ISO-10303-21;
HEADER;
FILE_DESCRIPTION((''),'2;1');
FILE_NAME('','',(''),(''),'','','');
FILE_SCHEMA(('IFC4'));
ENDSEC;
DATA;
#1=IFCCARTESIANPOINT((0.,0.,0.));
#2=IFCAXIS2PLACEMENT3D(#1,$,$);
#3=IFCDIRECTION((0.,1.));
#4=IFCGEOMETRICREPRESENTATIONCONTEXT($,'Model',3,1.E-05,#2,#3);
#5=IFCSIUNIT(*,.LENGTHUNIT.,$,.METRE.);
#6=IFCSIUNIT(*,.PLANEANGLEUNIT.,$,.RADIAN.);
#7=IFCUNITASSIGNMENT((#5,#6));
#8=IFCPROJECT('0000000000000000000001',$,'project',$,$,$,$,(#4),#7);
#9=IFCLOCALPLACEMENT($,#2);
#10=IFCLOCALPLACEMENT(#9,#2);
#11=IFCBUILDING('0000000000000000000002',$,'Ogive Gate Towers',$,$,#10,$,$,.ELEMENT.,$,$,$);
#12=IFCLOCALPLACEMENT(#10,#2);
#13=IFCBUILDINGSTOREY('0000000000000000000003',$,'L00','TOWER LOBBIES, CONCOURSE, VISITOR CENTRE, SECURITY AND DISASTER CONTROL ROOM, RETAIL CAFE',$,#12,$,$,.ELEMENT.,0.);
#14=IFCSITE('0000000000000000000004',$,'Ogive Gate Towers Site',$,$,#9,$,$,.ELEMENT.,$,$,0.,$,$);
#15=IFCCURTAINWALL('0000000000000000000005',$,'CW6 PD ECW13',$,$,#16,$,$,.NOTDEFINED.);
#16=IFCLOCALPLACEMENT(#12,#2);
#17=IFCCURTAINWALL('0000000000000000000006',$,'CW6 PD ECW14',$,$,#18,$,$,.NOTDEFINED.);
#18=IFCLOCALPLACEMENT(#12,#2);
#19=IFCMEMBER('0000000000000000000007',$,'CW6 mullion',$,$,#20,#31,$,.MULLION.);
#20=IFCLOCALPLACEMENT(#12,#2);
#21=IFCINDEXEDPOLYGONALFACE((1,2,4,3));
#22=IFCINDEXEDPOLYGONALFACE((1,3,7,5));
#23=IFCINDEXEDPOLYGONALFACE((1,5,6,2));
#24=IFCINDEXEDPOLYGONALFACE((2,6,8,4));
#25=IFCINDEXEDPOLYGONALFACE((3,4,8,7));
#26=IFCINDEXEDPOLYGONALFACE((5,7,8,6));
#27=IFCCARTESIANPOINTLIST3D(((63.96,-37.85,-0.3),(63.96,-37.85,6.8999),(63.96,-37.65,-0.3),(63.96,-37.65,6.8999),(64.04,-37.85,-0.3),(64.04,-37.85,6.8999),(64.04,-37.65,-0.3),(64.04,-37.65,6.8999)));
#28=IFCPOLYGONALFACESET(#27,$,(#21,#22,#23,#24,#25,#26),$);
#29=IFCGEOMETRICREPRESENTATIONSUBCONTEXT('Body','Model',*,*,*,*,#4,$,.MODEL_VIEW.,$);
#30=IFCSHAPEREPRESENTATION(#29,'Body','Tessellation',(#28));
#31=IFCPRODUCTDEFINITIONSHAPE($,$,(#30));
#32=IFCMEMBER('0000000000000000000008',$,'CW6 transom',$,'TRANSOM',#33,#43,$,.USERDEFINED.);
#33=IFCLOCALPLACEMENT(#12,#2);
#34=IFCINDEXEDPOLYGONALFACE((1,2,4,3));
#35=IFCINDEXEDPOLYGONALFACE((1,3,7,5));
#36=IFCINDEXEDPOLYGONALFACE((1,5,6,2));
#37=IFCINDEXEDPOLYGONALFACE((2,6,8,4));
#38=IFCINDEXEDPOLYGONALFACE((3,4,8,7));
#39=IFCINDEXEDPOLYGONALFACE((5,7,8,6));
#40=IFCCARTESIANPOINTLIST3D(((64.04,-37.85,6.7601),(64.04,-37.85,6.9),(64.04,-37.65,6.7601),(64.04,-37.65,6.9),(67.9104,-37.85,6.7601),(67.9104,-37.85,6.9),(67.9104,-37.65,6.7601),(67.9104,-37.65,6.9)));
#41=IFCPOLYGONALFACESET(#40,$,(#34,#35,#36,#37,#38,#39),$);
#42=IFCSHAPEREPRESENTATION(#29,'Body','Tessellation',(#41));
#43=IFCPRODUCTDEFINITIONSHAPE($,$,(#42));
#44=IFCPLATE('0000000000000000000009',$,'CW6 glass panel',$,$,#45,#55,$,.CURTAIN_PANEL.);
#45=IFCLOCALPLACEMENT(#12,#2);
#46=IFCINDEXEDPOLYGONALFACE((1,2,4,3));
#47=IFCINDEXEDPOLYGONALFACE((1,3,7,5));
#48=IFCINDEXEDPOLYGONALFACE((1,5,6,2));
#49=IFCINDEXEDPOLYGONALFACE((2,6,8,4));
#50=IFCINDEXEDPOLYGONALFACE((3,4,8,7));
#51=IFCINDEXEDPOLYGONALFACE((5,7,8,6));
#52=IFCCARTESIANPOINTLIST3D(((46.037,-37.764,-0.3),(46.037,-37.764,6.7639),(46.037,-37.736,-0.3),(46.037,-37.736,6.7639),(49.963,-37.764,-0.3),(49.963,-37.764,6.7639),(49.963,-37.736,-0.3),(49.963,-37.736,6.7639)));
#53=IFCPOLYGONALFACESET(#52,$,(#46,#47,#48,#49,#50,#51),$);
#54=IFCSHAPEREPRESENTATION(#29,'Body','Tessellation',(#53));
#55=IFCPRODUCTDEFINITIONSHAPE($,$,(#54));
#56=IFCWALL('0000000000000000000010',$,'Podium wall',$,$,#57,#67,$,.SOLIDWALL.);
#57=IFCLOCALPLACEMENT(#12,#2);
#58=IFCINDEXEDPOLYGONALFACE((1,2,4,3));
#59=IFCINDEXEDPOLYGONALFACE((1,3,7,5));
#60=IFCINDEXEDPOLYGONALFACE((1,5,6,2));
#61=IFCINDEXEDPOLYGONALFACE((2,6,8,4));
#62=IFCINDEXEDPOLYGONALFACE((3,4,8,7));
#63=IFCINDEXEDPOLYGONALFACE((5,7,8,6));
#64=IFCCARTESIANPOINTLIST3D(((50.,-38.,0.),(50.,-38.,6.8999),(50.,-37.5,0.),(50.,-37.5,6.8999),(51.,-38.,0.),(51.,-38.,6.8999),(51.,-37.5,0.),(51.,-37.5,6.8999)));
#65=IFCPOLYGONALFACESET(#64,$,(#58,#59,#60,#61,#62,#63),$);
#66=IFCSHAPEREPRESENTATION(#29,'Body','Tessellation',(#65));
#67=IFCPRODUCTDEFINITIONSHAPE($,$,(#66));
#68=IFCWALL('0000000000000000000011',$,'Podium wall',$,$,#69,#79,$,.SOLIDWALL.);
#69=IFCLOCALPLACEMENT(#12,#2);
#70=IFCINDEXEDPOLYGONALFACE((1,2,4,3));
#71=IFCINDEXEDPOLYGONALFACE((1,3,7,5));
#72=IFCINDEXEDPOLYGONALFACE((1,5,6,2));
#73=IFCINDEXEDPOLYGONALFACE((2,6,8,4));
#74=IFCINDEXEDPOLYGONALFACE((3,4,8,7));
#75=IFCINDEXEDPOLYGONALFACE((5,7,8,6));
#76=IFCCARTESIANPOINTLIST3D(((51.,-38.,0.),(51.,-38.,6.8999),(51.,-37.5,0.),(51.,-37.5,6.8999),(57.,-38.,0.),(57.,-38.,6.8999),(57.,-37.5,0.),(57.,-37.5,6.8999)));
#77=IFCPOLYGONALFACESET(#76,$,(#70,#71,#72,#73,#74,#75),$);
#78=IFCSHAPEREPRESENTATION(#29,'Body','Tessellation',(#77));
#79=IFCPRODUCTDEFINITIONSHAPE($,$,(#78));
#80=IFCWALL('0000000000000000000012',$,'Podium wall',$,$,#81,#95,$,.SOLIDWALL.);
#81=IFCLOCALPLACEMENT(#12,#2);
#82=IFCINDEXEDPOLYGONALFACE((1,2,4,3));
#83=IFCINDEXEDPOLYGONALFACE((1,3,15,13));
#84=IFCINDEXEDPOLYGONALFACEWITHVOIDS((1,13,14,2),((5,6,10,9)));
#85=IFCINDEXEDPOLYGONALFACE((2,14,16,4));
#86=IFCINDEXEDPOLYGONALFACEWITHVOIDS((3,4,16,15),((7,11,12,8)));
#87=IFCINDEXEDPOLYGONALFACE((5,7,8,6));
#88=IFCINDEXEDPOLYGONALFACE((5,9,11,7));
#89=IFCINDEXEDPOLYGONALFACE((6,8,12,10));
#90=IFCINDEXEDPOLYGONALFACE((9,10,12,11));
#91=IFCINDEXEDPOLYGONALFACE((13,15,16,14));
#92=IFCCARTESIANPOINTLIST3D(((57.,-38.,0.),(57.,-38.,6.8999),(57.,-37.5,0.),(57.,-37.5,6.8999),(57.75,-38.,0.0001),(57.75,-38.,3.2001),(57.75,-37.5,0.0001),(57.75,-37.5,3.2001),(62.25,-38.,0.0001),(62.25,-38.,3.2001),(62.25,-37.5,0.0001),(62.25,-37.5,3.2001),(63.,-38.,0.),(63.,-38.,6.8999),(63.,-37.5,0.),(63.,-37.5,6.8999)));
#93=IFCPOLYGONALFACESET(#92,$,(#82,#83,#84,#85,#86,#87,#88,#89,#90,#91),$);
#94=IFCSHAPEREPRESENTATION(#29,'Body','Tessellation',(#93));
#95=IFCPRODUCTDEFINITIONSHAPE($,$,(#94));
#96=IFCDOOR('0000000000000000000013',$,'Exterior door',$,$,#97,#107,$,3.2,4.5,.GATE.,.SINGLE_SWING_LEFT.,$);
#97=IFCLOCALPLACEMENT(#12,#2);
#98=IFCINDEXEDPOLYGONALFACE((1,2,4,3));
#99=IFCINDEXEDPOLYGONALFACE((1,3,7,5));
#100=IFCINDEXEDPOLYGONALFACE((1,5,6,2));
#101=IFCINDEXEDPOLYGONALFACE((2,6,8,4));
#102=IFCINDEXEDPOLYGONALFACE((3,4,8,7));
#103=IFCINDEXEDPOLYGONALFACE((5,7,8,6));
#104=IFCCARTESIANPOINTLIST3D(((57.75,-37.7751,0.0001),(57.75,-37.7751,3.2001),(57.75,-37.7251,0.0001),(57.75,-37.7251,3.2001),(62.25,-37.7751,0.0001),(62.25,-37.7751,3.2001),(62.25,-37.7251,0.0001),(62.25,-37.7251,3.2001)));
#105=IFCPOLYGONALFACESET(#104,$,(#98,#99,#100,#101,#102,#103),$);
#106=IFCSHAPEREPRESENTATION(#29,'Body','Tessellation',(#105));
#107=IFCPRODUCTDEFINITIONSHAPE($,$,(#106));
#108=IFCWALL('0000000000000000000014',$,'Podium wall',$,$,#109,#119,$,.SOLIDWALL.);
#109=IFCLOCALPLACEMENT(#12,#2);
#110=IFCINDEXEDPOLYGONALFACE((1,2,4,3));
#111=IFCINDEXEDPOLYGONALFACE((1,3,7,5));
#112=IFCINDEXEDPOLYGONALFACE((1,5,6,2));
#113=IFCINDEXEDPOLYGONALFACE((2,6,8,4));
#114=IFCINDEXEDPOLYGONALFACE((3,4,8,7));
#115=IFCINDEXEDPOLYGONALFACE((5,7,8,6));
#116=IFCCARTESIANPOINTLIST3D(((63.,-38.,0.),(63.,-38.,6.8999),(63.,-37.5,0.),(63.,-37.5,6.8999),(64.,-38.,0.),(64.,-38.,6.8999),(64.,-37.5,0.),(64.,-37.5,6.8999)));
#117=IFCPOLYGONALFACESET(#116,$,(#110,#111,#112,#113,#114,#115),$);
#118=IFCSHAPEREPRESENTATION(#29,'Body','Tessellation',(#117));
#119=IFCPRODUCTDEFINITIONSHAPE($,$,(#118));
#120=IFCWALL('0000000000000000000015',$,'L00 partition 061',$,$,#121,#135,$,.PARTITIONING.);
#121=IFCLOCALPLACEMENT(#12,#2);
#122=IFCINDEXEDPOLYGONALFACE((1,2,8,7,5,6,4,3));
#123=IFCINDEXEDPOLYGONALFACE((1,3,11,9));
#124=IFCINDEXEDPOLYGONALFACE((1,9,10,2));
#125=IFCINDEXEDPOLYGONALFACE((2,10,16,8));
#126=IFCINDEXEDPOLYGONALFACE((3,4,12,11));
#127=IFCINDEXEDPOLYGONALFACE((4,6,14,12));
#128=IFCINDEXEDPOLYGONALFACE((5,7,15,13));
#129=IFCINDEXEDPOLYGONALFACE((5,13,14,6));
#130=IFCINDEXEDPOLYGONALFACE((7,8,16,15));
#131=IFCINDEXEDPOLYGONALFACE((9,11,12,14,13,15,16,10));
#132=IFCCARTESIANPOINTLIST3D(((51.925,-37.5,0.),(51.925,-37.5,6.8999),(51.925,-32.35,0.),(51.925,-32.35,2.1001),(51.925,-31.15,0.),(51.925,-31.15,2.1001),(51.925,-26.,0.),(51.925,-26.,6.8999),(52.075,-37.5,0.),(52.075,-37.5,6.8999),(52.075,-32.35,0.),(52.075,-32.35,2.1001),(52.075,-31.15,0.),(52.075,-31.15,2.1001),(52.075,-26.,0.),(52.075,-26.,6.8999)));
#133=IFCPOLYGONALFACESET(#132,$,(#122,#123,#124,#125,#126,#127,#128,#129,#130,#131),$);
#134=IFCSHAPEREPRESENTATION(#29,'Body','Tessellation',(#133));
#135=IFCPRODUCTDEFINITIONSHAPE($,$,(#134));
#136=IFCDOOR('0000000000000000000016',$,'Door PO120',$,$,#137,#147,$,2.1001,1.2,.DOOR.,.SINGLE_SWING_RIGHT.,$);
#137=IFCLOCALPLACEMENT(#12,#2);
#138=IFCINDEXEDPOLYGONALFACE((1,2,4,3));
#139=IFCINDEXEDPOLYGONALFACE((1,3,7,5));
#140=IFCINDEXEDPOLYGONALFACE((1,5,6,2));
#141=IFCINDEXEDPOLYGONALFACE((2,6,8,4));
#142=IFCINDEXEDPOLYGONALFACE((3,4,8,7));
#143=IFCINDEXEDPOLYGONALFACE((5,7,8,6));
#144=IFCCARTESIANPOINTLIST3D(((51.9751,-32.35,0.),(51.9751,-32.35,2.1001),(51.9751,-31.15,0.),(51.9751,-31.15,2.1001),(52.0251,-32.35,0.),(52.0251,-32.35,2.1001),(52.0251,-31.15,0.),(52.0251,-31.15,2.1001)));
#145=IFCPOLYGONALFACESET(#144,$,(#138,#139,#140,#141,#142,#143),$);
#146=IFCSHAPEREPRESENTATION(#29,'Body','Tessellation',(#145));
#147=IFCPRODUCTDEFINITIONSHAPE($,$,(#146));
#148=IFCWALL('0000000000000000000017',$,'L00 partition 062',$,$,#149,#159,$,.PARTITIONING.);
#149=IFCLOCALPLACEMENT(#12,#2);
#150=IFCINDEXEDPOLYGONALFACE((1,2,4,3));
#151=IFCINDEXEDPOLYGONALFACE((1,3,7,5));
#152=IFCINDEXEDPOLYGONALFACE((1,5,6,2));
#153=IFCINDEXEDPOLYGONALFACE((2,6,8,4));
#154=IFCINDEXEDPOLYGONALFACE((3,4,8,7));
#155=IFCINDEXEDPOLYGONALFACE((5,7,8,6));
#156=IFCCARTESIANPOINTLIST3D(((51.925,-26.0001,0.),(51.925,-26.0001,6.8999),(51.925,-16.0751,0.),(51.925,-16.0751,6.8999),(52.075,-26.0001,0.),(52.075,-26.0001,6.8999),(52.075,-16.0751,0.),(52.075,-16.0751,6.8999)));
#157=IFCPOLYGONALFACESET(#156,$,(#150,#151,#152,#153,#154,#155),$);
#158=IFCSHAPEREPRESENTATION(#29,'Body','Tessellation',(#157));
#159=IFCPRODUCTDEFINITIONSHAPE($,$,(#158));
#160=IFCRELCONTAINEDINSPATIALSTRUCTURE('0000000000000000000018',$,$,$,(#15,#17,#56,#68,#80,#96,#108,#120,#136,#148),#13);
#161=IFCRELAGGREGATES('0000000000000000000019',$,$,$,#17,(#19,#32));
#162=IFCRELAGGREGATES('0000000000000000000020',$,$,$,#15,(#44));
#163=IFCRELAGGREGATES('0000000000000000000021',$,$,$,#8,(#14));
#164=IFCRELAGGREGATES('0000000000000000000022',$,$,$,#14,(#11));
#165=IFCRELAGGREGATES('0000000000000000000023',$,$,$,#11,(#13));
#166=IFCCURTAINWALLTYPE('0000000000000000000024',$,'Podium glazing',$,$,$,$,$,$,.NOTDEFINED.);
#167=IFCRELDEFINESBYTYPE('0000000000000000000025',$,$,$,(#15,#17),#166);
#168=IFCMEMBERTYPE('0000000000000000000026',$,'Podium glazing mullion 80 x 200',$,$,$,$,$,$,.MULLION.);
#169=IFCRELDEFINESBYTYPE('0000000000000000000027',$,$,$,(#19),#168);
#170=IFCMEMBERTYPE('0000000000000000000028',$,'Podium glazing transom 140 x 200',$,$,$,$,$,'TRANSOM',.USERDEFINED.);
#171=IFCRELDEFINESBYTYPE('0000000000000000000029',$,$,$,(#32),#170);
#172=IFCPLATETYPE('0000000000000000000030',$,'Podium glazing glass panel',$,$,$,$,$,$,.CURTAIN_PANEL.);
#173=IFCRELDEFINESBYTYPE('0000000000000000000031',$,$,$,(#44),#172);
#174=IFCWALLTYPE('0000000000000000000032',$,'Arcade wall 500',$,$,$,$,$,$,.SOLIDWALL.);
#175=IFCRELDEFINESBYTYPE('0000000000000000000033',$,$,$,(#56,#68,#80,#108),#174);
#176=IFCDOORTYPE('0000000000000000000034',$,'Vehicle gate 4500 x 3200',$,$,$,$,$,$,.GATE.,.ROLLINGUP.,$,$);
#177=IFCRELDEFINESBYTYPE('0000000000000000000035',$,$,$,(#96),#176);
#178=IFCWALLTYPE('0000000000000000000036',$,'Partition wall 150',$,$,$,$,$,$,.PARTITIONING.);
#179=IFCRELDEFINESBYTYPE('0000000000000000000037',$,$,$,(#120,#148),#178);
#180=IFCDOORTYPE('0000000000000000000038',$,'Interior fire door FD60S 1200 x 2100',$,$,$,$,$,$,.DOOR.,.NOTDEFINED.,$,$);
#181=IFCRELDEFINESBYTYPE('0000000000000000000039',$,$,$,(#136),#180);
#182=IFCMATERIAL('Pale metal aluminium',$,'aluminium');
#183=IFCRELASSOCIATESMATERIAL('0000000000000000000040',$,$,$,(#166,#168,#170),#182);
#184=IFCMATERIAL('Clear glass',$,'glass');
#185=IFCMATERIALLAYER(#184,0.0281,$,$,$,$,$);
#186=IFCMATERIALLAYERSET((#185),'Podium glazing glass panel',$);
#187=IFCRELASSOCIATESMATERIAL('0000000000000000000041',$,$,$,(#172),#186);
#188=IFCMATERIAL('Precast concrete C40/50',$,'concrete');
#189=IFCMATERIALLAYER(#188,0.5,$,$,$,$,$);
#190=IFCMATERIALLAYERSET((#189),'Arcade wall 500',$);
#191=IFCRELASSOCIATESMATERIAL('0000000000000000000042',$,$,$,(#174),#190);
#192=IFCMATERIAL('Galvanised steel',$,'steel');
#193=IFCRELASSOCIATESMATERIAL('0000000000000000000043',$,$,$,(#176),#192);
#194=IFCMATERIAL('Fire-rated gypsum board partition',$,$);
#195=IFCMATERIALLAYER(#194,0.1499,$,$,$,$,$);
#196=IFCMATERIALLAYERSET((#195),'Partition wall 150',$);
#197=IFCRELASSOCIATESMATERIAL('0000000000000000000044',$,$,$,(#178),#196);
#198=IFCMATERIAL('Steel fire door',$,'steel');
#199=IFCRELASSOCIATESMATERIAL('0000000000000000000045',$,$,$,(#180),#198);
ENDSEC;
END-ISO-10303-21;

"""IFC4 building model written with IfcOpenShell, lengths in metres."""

from ifc_helpers import new_model, si_unit, direction, frame, frame_2d, origin, origin_2d, place, context, subcontext, project, spatial, rectangle, extrude, material, layer, layer_set, material_profile, profile_set, type_object, element, fill, aggregate, save


model = new_model("IFC4")

# Units and contexts
model_context = context("Model", 3, precision=1e-05, world=origin(), true_north=direction((0.0, 1.0)))
body_context = subcontext(model_context, "Body", "Model", "MODEL_VIEW")
ifc_project = project(units=[si_unit("LENGTHUNIT", "METRE"), si_unit("PLANEANGLEUNIT", "RADIAN")], contexts=[model_context])

# Site, building, storey
site_placement = place(None, origin())
site = spatial("IfcSite", under=ifc_project, at=site_placement, Name="Ogive Gate Towers Site", CompositionType="ELEMENT", RefElevation=0.0)
building_placement = place(site_placement, origin())
building = spatial("IfcBuilding", under=site, at=building_placement, Name="Ogive Gate Towers", CompositionType="ELEMENT")
storey_placement = place(building_placement, origin())
storey = spatial("IfcBuildingStorey", under=building, at=storey_placement, Name="L00", Description="TOWER LOBBIES, CONCOURSE, VISITOR CENTRE, SECURITY AND DISASTER CONTROL ROOM, RETAIL CAFE", CompositionType="ELEMENT", Elevation=0.0)

# Shared definitions
ifc_material_1 = material(Name="Precast concrete C40/50", Category="concrete")

# Curtain wall
ifc_material_2 = material(Name="Pale metal aluminium", Category="aluminium")
curtain_wall_type = type_object("IfcCurtainWallType", Name="Podium glazing", PredefinedType="NOTDEFINED", material=ifc_material_2)
curtain_wall_1_placement = place(storey_placement, origin())
curtain_wall_1 = element("IfcCurtainWall", 1, at=curtain_wall_1_placement, inside=storey, type_object=curtain_wall_type, Name="CW6 PD ECW13", PredefinedType="NOTDEFINED")
ifc_material_profile_1 = material_profile(ifc_material_2, rectangle(XDim=0.2, YDim=0.0801, at=origin_2d()), Name="80 x 200 aluminium box")
ifc_profile_set_1 = profile_set([ifc_material_profile_1], Name="Pale metal aluminium")
member_type_1 = type_object("IfcMemberType", Name="Podium glazing mullion 80 x 200", PredefinedType="MULLION", material=ifc_profile_set_1)

# Curtain wall, members
curtain_wall_2_placement = place(storey_placement, origin())
curtain_wall_2 = element("IfcCurtainWall", 2, at=curtain_wall_2_placement, inside=storey, type_object=curtain_wall_type, Name="CW6 PD ECW14", PredefinedType="NOTDEFINED")
member_1_placement = place(storey_placement, frame((64.0, -37.75, -0.3), z_axis=(0.0, 0.0, 1.0), x_axis=(0.0, -1.0, 0.0)))
member_1 = element("IfcMember", 3, at=member_1_placement, type_object=member_type_1, Name="CW6 mullion", PredefinedType="MULLION", context=body_context, shape_type="SweptSolid", body=[
    extrude(rectangle(XDim=0.2, YDim=0.0801, at=origin_2d()), origin(), (0.0, 0.0, 1.0), 7.2),
])
ifc_material_profile_2 = material_profile(ifc_material_2, rectangle(XDim=0.2, YDim=0.1399, at=origin_2d()), Name="140 x 200 aluminium box")
ifc_profile_set_2 = profile_set([ifc_material_profile_2], Name="Pale metal aluminium")
member_type_2 = type_object("IfcMemberType", Name="Podium glazing transom 140 x 200", ElementType="TRANSOM", PredefinedType="USERDEFINED", material=ifc_profile_set_2)
member_2_placement = place(storey_placement, frame((64.04, -37.75, 6.8301), z_axis=(1.0, 0.0, 0.0), x_axis=(0.0, 1.0, 0.0)))
member_2 = element("IfcMember", 4, at=member_2_placement, type_object=member_type_2, Name="CW6 transom", ObjectType="TRANSOM", PredefinedType="USERDEFINED", context=body_context, shape_type="SweptSolid", body=[
    extrude(rectangle(XDim=0.2, YDim=0.1399, at=origin_2d()), origin(), (0.0, 0.0, 1.0), 3.8704),
])
aggregate(curtain_wall_2, [member_1, member_2])

# Plate
ifc_material_3 = material(Name="Clear glass", Category="glass")
ifc_layer_1 = layer(ifc_material_3, 0.0281)
ifc_layer_set_1 = layer_set([ifc_layer_1], Name="Podium glazing glass panel")
plate_type = type_object("IfcPlateType", Name="Podium glazing glass panel", PredefinedType="CURTAIN_PANEL", material=ifc_layer_set_1)
plate_placement = place(storey_placement, frame((48.0, -37.75, -0.3), z_axis=(0.0, 0.0, 1.0), x_axis=(1.0, 0.0, 0.0)))
plate = element("IfcPlate", 5, at=plate_placement, type_object=plate_type, Name="CW6 glass panel", PredefinedType="CURTAIN_PANEL", context=body_context, shape_type="SweptSolid", body=[
    extrude(rectangle(XDim=3.926, YDim=0.0281, at=origin_2d()), origin(), (0.0, 0.0, 1.0), 7.064),
])
aggregate(curtain_wall_1, [plate])

# Walls
ifc_layer_2 = layer(ifc_material_1, 0.5)
ifc_layer_set_2 = layer_set([ifc_layer_2], Name="Arcade wall 500")
wall_type_1 = type_object("IfcWallType", Name="Arcade wall 500", PredefinedType="SOLIDWALL", material=ifc_layer_set_2)
wall_1_placement = place(storey_placement, frame((50.0, -37.75, 0.0), z_axis=(0.0, 0.0, 1.0), x_axis=(1.0, 0.0, 0.0)))
element("IfcWall", 6, at=wall_1_placement, inside=storey, type_object=wall_type_1, Name="Podium wall", PredefinedType="SOLIDWALL", context=body_context, shape_type="SweptSolid", body=[
    extrude(rectangle(XDim=1.0, YDim=0.5, at=frame_2d((0.5, 0.0))), origin(), (0.0, 0.0, 1.0), 6.8999),
])
wall_2_placement = place(storey_placement, frame((51.0, -37.75, 0.0), z_axis=(0.0, 0.0, 1.0), x_axis=(1.0, 0.0, 0.0)))
element("IfcWall", 7, at=wall_2_placement, inside=storey, type_object=wall_type_1, Name="Podium wall", PredefinedType="SOLIDWALL", context=body_context, shape_type="SweptSolid", body=[
    extrude(rectangle(XDim=6.0, YDim=0.5, at=frame_2d((3.0, 0.0))), origin(), (0.0, 0.0, 1.0), 6.8999),
])

# Wall, opening, door
wall_3_placement = place(storey_placement, frame((57.0, -37.75, 0.0), z_axis=(0.0, 0.0, 1.0), x_axis=(1.0, 0.0, 0.0)))
wall_3 = element("IfcWall", 8, at=wall_3_placement, inside=storey, type_object=wall_type_1, Name="Podium wall", PredefinedType="SOLIDWALL", context=body_context, shape_type="SweptSolid", body=[
    extrude(rectangle(XDim=6.0, YDim=0.5, at=frame_2d((3.0, 0.0))), origin(), (0.0, 0.0, 1.0), 6.8999),
])
opening_1_placement = place(wall_3_placement, frame((0.75, 0.0, 0.0)))
opening_1 = element("IfcOpeningElement", 9, at=opening_1_placement, cuts=wall_3, PredefinedType="OPENING", context=body_context, shape_type="SweptSolid", body=[
    extrude(rectangle(XDim=4.5, YDim=3.2, at=frame_2d((2.25, 1.6001))), frame((0.0, 0.26, 0.0), z_axis=(0.0, -1.0, 0.0), x_axis=(1.0, 0.0, 0.0)), (0.0, 0.0, 1.0), 0.52),
])
ifc_material_4 = material(Name="Galvanised steel", Category="steel")
door_type_1 = type_object("IfcDoorType", Name="Vehicle gate 4500 x 3200", OperationType="ROLLINGUP", PredefinedType="GATE", material=ifc_material_4)
door_1_placement = place(opening_1_placement, origin())
door_1 = element("IfcDoor", 10, at=door_1_placement, inside=storey, type_object=door_type_1, Name="Exterior door", OperationType="SINGLE_SWING_LEFT", OverallHeight=3.2, OverallWidth=4.5, PredefinedType="GATE", context=body_context, shape_type="SweptSolid", body=[
    extrude(rectangle(XDim=4.5, YDim=3.2, at=frame_2d((2.25, 1.6001))), frame((0.0, 0.0249, 0.0), z_axis=(0.0, -1.0, 0.0), x_axis=(1.0, 0.0, 0.0)), (0.0, 0.0, 1.0), 0.05),
])
fill(opening_1, door_1)

# Wall
wall_4_placement = place(storey_placement, frame((63.0, -37.75, 0.0), z_axis=(0.0, 0.0, 1.0), x_axis=(1.0, 0.0, 0.0)))
element("IfcWall", 11, at=wall_4_placement, inside=storey, type_object=wall_type_1, Name="Podium wall", PredefinedType="SOLIDWALL", context=body_context, shape_type="SweptSolid", body=[
    extrude(rectangle(XDim=1.0, YDim=0.5, at=frame_2d((0.5, 0.0))), origin(), (0.0, 0.0, 1.0), 6.8999),
])

# Wall, opening, door
ifc_material_5 = material(Name="Fire-rated gypsum board partition")
ifc_layer_3 = layer(ifc_material_5, 0.1499)
ifc_layer_set_3 = layer_set([ifc_layer_3], Name="Partition wall 150")
wall_type_2 = type_object("IfcWallType", Name="Partition wall 150", PredefinedType="PARTITIONING", material=ifc_layer_set_3)
wall_5_placement = place(storey_placement, frame((52.0, -37.5, 0.0), z_axis=(0.0, 0.0, 1.0), x_axis=(0.0, 1.0, 0.0)))
wall_5 = element("IfcWall", 12, at=wall_5_placement, inside=storey, type_object=wall_type_2, Name="L00 partition 061", PredefinedType="PARTITIONING", context=body_context, shape_type="SweptSolid", body=[
    extrude(rectangle(XDim=11.5, YDim=0.1499, at=frame_2d((5.75, 0.0))), origin(), (0.0, 0.0, 1.0), 6.8999),
])
opening_2_placement = place(wall_5_placement, frame((5.1499, 0.0, 0.0)))
opening_2 = element("IfcOpeningElement", 13, at=opening_2_placement, cuts=wall_5, PredefinedType="OPENING", context=body_context, shape_type="SweptSolid", body=[
    extrude(rectangle(XDim=1.2, YDim=2.1001, at=frame_2d((0.6001, 1.05))), frame((0.0, 0.085, 0.0), z_axis=(0.0, -1.0, 0.0), x_axis=(1.0, 0.0, 0.0)), (0.0, 0.0, 1.0), 0.1699),
])
ifc_material_6 = material(Name="Steel fire door", Category="steel")
door_type_2 = type_object("IfcDoorType", Name="Interior fire door FD60S 1200 x 2100", OperationType="NOTDEFINED", PredefinedType="DOOR", material=ifc_material_6)
door_2_placement = place(opening_2_placement, origin())
door_2 = element("IfcDoor", 14, at=door_2_placement, inside=storey, type_object=door_type_2, Name="Door PO120", OperationType="SINGLE_SWING_RIGHT", OverallHeight=2.1001, OverallWidth=1.2, PredefinedType="DOOR", context=body_context, shape_type="SweptSolid", body=[
    extrude(rectangle(XDim=1.2, YDim=2.1001, at=frame_2d((0.6001, 1.05))), frame((0.0, 0.0249, 0.0), z_axis=(0.0, -1.0, 0.0), x_axis=(1.0, 0.0, 0.0)), (0.0, 0.0, 1.0), 0.05),
])
fill(opening_2, door_2)

# Wall
wall_6_placement = place(storey_placement, frame((52.0, -26.0, 0.0), z_axis=(0.0, 0.0, 1.0), x_axis=(0.0, 1.0, 0.0)))
element("IfcWall", 15, at=wall_6_placement, inside=storey, type_object=wall_type_2, Name="L00 partition 062", PredefinedType="PARTITIONING", context=body_context, shape_type="SweptSolid", body=[
    extrude(rectangle(XDim=9.925, YDim=0.1499, at=frame_2d((4.9624, 0.0))), origin(), (0.0, 0.0, 1.0), 6.8999),
])

save(model, "model.ifc")
